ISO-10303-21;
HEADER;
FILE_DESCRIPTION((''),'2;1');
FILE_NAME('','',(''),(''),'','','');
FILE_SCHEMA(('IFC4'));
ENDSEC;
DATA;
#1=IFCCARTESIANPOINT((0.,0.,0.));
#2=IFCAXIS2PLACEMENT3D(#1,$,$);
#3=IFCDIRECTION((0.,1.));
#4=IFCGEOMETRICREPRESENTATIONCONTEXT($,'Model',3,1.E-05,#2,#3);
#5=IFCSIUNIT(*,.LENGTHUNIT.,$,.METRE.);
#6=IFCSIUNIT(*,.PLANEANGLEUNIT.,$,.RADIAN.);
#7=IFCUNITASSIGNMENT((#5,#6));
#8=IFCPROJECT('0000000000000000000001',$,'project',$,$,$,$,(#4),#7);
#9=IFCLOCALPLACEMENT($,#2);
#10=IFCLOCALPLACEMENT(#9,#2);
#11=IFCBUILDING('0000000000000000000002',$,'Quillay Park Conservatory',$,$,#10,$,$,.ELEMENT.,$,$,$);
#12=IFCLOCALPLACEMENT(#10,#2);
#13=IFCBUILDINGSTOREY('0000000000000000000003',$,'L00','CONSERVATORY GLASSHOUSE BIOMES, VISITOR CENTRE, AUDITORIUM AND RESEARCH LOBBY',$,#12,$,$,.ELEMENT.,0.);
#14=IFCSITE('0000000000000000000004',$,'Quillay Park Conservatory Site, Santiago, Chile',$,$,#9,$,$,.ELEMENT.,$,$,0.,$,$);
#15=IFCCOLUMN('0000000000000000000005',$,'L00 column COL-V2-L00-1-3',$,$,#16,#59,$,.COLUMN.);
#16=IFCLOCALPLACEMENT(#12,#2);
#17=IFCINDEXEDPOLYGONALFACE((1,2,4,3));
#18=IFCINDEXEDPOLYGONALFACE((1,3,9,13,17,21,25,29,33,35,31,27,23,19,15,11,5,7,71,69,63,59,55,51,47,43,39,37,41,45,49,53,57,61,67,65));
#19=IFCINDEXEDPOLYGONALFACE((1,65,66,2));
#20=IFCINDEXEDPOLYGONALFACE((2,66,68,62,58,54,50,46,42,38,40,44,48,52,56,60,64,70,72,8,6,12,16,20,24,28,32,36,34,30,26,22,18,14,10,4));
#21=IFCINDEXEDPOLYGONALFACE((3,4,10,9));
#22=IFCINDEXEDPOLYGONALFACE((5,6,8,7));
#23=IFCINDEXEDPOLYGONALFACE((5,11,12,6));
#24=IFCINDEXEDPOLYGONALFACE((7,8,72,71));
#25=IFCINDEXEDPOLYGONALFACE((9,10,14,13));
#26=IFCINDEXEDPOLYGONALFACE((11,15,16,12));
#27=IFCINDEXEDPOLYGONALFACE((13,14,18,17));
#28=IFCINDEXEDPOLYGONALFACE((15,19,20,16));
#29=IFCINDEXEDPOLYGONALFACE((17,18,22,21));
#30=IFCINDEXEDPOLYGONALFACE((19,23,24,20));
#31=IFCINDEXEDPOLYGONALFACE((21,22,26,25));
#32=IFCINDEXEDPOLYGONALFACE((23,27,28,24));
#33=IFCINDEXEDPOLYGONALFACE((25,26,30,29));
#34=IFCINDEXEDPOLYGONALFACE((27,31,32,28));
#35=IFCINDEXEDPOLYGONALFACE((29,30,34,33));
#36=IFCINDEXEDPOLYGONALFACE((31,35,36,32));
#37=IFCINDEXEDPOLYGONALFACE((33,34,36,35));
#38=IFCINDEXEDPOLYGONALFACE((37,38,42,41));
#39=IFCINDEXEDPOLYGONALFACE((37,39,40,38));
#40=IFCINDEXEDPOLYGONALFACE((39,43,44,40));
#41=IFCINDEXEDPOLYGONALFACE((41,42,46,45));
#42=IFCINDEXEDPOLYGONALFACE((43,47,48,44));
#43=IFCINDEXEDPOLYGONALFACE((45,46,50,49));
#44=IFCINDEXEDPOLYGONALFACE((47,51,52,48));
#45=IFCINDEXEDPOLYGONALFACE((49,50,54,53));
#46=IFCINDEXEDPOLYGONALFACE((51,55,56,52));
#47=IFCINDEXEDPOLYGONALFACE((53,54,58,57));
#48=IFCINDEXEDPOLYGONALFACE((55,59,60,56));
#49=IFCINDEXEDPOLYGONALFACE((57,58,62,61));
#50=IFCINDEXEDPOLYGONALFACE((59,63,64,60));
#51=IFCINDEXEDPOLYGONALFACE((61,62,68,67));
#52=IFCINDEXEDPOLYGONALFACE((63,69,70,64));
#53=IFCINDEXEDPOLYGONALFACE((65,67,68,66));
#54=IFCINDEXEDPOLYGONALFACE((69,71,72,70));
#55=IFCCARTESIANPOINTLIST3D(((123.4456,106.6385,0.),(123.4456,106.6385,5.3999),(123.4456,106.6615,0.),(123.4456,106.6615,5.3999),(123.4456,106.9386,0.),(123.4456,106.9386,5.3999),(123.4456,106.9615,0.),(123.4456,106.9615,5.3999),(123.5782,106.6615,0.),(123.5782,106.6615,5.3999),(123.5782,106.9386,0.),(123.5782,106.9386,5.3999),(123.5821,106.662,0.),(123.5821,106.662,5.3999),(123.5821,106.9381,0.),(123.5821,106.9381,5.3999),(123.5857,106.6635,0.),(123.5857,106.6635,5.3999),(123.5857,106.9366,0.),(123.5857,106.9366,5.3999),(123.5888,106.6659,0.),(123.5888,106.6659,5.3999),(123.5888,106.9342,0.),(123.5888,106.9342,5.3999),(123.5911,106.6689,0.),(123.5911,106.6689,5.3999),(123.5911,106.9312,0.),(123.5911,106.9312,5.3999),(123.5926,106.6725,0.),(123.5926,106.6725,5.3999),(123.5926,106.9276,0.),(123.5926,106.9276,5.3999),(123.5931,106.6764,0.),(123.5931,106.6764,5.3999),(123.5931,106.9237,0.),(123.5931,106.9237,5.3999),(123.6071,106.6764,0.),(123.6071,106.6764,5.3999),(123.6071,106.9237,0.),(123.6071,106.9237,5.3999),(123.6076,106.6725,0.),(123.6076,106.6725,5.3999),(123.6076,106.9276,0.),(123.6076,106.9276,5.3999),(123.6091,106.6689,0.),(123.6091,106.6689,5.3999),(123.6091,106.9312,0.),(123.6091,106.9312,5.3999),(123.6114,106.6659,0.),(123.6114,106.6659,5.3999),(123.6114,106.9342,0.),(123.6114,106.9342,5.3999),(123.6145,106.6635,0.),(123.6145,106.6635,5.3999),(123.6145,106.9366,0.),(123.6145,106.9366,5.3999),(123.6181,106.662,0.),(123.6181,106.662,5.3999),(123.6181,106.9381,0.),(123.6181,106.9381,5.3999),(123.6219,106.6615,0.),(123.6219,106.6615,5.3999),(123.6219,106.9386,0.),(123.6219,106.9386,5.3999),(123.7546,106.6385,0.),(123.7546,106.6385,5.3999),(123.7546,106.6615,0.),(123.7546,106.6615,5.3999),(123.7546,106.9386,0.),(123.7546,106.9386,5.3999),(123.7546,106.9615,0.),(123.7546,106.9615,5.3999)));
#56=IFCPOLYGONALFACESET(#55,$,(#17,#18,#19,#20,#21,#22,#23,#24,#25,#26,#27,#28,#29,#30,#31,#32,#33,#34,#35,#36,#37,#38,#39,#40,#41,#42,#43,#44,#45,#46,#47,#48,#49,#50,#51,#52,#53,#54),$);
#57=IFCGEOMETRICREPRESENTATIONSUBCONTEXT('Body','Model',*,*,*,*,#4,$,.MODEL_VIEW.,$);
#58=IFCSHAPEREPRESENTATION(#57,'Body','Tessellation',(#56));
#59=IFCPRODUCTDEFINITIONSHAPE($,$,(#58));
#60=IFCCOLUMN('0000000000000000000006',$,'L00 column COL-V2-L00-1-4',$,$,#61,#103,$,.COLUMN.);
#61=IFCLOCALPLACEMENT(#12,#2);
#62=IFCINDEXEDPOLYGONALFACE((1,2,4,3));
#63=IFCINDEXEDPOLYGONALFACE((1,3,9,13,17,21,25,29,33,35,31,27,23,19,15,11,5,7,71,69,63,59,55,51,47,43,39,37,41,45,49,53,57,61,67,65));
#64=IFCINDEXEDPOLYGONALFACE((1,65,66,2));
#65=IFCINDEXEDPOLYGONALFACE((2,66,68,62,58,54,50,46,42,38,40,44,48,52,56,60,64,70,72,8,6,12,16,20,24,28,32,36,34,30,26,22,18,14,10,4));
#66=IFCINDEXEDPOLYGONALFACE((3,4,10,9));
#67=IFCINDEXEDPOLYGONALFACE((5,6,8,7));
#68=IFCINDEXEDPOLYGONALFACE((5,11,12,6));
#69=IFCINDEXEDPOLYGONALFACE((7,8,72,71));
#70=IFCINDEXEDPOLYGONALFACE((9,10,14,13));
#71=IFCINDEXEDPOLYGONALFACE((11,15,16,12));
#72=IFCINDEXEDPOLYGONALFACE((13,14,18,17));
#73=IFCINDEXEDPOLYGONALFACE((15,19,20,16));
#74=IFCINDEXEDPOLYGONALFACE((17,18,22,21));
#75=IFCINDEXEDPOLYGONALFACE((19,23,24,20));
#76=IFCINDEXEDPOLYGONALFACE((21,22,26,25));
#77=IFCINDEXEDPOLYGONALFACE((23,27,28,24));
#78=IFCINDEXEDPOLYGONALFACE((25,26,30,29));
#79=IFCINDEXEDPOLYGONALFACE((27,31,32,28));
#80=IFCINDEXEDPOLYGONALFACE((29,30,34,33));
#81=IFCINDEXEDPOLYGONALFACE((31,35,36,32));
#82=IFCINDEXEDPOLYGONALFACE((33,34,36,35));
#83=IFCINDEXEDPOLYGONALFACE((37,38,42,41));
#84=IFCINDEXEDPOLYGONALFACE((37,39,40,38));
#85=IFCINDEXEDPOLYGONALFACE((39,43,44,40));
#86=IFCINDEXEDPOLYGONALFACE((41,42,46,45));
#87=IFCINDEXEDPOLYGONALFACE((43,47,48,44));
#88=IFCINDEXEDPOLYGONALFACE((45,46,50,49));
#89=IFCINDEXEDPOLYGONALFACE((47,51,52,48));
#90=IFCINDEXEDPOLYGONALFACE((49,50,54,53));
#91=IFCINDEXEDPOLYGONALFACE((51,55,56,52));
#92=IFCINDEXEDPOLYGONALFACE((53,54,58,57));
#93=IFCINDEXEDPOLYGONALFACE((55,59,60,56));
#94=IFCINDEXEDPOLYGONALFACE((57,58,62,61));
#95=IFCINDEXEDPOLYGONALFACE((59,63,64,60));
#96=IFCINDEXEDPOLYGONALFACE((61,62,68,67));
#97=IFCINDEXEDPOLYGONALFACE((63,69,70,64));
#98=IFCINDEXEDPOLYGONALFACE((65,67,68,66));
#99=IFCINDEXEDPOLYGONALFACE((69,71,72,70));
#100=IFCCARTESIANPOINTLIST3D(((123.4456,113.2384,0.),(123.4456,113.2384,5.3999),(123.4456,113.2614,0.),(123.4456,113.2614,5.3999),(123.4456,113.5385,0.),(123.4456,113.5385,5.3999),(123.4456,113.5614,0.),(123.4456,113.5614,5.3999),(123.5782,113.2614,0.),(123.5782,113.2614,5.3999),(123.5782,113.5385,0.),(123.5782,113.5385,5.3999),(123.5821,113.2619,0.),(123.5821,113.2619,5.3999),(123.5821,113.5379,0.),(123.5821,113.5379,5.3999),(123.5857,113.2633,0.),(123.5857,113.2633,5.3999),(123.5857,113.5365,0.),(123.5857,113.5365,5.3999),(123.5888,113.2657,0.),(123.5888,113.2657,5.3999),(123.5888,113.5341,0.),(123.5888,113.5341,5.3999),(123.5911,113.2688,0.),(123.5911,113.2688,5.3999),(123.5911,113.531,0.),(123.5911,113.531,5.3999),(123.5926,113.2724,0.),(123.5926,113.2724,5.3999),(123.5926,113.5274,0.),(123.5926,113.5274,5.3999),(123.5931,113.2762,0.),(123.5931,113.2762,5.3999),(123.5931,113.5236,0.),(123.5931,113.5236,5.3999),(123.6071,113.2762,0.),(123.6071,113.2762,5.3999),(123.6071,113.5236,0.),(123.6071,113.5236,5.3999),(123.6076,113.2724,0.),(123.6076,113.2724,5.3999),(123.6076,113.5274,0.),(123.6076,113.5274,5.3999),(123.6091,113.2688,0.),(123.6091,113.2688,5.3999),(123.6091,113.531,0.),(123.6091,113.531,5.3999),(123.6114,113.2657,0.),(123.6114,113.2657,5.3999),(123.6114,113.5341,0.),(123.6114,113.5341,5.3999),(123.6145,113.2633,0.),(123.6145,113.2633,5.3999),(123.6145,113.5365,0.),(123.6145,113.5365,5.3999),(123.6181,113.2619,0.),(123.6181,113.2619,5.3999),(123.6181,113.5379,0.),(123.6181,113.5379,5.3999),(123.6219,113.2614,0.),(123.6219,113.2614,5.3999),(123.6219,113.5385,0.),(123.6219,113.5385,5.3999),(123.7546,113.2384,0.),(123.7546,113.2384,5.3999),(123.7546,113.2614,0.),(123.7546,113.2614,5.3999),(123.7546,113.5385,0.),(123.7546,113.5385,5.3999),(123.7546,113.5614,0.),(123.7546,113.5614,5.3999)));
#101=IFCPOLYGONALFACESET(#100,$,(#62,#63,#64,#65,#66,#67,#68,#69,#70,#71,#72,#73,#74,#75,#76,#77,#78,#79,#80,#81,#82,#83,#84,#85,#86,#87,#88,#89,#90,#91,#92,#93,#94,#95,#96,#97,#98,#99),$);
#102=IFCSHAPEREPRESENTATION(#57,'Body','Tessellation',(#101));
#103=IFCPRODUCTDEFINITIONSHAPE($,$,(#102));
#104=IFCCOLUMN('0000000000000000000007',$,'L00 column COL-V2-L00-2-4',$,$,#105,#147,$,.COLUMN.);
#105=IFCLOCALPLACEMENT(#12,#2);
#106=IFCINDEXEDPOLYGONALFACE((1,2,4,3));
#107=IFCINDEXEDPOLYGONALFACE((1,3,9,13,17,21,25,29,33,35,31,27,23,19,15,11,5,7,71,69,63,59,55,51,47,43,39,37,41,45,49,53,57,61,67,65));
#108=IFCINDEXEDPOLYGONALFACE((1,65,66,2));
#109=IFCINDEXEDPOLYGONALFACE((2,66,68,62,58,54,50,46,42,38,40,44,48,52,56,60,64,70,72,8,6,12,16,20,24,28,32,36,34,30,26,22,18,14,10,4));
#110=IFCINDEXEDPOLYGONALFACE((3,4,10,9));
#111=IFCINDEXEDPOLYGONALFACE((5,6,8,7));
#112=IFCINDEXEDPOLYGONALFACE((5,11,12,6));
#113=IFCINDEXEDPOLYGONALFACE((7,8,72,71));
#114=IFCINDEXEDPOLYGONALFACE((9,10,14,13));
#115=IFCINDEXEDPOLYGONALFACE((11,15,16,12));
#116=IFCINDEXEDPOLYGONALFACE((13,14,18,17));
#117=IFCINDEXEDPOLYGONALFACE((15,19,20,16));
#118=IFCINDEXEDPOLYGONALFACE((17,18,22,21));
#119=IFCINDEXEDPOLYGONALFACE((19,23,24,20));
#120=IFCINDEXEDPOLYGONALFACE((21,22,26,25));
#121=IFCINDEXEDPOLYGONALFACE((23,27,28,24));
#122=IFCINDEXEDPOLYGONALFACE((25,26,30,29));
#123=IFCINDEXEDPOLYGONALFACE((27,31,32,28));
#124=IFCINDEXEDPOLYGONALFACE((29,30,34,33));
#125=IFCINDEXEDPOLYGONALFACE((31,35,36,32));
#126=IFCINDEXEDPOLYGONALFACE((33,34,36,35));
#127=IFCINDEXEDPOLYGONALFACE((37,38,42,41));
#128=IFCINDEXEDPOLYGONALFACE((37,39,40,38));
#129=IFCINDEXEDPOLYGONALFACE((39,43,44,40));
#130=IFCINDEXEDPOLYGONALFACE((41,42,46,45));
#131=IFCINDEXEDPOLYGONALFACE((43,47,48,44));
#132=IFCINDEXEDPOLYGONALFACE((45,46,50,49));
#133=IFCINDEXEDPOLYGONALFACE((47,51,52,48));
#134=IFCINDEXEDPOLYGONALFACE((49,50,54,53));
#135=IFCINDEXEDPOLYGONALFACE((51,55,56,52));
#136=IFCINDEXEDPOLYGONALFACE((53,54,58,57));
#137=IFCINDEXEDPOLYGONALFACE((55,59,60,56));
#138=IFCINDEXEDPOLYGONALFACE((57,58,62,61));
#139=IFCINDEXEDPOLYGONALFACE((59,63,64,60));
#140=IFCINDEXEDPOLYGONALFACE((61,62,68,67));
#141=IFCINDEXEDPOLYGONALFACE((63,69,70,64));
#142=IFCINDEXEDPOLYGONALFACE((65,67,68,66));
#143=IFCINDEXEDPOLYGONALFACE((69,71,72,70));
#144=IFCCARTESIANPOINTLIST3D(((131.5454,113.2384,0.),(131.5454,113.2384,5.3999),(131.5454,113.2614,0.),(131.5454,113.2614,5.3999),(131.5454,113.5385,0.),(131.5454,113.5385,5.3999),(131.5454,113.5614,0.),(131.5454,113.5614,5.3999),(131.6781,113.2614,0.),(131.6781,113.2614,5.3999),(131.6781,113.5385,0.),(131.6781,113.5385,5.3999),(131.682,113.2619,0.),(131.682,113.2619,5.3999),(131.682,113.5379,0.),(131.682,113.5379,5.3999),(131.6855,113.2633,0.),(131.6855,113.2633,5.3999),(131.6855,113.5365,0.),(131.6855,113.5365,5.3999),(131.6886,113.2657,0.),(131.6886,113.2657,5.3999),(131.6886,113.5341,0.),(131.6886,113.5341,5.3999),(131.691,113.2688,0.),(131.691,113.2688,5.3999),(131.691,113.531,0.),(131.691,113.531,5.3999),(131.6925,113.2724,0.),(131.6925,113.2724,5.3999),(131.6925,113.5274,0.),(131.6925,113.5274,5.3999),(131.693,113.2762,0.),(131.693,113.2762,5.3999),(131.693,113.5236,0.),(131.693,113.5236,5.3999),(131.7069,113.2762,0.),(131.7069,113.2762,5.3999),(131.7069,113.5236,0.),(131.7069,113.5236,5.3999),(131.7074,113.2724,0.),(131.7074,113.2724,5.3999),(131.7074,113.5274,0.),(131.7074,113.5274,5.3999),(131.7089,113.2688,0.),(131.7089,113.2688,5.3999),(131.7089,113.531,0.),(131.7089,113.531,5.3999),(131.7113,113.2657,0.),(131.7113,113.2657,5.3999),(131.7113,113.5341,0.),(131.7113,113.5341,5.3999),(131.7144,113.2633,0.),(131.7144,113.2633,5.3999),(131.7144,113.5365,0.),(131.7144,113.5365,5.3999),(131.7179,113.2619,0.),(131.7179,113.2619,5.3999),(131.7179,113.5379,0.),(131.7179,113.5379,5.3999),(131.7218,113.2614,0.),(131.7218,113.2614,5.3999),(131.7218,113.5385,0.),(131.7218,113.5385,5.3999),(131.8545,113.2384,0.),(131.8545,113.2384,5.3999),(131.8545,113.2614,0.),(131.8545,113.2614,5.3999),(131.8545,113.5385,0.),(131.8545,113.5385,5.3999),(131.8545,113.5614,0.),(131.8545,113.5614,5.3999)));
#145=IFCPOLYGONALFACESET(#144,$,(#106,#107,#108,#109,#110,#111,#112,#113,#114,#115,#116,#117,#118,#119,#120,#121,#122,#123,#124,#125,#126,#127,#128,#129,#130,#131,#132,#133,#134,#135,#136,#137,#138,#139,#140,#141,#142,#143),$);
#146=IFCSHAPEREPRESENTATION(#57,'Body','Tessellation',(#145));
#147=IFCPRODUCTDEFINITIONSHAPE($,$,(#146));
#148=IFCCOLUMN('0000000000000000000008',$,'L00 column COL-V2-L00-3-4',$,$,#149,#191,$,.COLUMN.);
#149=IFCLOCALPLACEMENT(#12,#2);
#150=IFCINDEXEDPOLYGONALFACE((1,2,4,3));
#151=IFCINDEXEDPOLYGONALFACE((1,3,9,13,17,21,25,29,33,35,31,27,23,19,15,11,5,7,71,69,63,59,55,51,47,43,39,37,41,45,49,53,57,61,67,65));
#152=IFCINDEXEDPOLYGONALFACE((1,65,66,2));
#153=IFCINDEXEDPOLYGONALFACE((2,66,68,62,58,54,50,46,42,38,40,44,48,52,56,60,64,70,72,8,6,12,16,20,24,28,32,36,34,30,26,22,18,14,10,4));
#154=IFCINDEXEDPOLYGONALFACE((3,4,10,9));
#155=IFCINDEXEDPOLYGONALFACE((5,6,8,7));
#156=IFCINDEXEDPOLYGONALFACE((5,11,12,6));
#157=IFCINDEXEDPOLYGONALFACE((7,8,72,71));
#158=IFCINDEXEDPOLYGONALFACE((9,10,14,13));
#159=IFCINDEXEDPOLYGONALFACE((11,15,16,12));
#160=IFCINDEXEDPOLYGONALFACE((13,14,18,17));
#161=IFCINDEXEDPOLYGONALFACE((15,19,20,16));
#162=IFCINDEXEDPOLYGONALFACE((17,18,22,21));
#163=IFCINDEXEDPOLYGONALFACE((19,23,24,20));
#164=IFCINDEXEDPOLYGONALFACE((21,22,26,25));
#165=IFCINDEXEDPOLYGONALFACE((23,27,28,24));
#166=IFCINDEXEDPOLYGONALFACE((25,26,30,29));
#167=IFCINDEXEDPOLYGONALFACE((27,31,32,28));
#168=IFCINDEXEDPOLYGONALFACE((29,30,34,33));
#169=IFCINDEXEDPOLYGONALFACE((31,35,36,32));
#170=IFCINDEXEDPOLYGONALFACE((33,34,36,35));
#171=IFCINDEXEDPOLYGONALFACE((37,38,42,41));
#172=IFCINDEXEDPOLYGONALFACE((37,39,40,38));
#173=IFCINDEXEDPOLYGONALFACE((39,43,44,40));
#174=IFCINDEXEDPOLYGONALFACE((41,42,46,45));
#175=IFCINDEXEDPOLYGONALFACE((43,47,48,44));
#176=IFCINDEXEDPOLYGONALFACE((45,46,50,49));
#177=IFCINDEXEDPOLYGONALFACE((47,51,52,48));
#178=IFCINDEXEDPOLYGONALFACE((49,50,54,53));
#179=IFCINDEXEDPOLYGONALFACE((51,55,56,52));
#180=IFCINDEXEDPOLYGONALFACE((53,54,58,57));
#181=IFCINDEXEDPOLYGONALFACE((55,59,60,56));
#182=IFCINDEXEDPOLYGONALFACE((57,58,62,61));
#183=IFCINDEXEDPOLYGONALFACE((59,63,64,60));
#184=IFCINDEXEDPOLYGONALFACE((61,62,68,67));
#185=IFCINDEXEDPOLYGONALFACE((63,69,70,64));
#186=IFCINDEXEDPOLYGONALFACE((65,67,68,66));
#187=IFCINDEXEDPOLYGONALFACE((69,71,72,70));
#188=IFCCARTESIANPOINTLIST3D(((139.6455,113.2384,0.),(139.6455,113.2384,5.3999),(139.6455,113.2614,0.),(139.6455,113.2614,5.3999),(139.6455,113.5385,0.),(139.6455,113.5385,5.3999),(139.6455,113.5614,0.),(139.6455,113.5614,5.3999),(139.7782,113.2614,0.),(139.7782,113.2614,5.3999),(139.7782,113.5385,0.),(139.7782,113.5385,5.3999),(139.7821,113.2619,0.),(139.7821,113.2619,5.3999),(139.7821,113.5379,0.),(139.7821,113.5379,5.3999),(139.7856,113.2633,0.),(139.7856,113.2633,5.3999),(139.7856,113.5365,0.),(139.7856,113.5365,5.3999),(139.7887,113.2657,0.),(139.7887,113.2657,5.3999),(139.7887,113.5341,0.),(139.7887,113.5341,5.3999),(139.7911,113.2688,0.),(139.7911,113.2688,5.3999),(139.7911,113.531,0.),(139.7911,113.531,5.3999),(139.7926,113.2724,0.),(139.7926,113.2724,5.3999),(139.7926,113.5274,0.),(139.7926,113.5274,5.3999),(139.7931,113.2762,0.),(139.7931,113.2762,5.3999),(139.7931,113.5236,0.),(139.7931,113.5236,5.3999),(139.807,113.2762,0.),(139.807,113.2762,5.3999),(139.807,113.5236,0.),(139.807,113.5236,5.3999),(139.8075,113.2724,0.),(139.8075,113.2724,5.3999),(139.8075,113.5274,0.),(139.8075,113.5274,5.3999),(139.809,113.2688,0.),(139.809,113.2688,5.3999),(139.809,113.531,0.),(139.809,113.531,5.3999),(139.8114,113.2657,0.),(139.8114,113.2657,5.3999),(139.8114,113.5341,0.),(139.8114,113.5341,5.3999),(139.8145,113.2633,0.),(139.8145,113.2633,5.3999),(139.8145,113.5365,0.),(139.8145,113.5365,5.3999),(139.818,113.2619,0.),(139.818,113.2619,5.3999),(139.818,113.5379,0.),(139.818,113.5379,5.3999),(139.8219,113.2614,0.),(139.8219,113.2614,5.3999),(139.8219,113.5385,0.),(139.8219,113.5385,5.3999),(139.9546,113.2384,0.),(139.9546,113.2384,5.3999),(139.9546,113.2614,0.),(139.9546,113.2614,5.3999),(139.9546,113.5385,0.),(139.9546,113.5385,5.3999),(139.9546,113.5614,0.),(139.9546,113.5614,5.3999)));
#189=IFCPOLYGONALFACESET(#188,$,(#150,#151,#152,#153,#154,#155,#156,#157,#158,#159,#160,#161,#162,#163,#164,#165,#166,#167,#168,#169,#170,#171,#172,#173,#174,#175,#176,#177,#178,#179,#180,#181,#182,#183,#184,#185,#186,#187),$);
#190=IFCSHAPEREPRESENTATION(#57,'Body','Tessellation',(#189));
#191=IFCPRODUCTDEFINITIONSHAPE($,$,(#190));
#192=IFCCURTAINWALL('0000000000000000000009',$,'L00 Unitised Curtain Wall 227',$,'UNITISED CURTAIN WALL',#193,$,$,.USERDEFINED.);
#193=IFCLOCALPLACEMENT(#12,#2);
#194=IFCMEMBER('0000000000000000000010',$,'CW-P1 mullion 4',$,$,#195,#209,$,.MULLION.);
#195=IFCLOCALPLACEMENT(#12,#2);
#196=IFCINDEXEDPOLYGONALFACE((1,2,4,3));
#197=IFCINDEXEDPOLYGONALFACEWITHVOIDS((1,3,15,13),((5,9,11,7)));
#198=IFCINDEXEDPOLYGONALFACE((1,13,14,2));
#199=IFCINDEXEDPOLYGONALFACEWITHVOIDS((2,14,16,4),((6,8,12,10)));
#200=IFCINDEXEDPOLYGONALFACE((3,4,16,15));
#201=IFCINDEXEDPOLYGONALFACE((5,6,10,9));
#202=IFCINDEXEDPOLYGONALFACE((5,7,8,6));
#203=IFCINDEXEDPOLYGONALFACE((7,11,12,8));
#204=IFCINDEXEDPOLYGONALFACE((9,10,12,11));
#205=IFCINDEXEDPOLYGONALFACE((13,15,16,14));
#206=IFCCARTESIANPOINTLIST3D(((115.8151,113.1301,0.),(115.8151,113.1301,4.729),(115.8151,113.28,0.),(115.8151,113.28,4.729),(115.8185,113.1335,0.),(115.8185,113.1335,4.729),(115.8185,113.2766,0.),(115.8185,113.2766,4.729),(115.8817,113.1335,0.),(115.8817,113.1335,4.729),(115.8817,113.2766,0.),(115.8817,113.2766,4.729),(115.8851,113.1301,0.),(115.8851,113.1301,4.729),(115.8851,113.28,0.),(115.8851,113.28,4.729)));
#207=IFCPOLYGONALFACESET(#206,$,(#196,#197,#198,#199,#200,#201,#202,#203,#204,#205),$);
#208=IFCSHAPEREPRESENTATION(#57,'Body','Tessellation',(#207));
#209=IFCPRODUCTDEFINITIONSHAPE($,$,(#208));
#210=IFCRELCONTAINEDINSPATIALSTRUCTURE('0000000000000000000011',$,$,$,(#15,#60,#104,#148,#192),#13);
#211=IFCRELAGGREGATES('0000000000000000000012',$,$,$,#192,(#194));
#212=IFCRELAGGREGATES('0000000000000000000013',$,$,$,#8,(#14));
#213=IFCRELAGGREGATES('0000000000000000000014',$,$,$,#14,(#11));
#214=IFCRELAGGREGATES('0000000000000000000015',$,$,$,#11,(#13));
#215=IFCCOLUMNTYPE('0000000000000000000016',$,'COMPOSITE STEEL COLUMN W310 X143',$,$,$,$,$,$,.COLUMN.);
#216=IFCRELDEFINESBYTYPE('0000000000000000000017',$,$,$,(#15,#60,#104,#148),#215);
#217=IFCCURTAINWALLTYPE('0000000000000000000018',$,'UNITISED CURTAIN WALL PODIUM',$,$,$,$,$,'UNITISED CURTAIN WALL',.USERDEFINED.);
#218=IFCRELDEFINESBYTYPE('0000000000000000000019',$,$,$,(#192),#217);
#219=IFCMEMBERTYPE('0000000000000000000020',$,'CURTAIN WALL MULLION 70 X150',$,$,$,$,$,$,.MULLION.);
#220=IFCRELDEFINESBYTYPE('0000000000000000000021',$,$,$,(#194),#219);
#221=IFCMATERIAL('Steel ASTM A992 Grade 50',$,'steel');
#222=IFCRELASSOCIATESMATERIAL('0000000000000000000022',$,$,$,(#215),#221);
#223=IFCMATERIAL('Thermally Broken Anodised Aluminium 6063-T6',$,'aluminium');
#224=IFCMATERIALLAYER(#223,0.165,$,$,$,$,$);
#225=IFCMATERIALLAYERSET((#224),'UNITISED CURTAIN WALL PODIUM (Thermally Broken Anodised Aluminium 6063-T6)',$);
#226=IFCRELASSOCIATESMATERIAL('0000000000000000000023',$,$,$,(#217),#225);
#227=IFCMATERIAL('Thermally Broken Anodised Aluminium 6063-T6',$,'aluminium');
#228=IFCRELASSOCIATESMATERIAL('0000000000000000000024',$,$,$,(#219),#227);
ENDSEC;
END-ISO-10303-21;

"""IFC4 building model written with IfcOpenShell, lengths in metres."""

from ifc_helpers import new_model, si_unit, direction, frame, origin, origin_2d, place, context, subcontext, project, spatial, hollow_rectangle, i_section, extrude, material, layer, layer_set, material_profile, profile_set, type_object, element, aggregate, save


model = new_model("IFC4")

# Units and contexts
model_context = context("Model", 3, precision=1e-05, world=origin(), true_north=direction((0.0, 1.0)))
body_context = subcontext(model_context, "Body", "Model", "MODEL_VIEW")
ifc_project = project(units=[si_unit("LENGTHUNIT", "METRE"), si_unit("PLANEANGLEUNIT", "RADIAN")], contexts=[model_context])

# Site, building, storey
site_placement = place(None, origin())
site = spatial("IfcSite", under=ifc_project, at=site_placement, Name="Quillay Park Conservatory Site, Santiago, Chile", CompositionType="ELEMENT", RefElevation=0.0)
building_placement = place(site_placement, origin())
building = spatial("IfcBuilding", under=site, at=building_placement, Name="Quillay Park Conservatory", CompositionType="ELEMENT")
storey_placement = place(building_placement, origin())
storey = spatial("IfcBuildingStorey", under=building, at=storey_placement, Name="L00", Description="CONSERVATORY GLASSHOUSE BIOMES, VISITOR CENTRE, AUDITORIUM AND RESEARCH LOBBY", CompositionType="ELEMENT", Elevation=0.0)

# Columns
ifc_material_1 = material(Name="Steel ASTM A992 Grade 50", Category="steel")
ifc_material_profile_1 = material_profile(ifc_material_1, i_section(OverallWidth=0.3091, OverallDepth=0.323, WebThickness=0.0139, FlangeThickness=0.0229, FilletRadius=0.0149, at=origin_2d()), Name="W310x143")
ifc_profile_set_1 = profile_set([ifc_material_profile_1], Name="Steel ASTM A992 Grade 50")
column_type = type_object("IfcColumnType", Name="COMPOSITE STEEL COLUMN W310 X143", PredefinedType="COLUMN", material=ifc_profile_set_1)
for number, where, z_axis, x_axis, name in (
    (1, (123.6001, 106.8, 0.0), (0.0, 0.0, 1.0), (1.0, 0.0, 0.0), "L00 column COL-V2-L00-1-3"),
    (2, (123.6001, 113.3999, 0.0), (0.0, 0.0, 1.0), (1.0, 0.0, 0.0), "L00 column COL-V2-L00-1-4"),
    (3, (131.7, 113.3999, 0.0), (0.0, 0.0, 1.0), (1.0, 0.0, 0.0), "L00 column COL-V2-L00-2-4"),
    (4, (139.8, 113.3999, 0.0), (0.0, 0.0, 1.0), (1.0, 0.0, 0.0), "L00 column COL-V2-L00-3-4"),
):
    element("IfcColumn", number, at=place(storey_placement, frame(where, z_axis=z_axis, x_axis=x_axis)), inside=storey, type_object=column_type, Name=name, PredefinedType="COLUMN", context=body_context, shape_type="SweptSolid", body=[
        extrude(i_section(OverallWidth=0.3091, OverallDepth=0.323, WebThickness=0.0139, FlangeThickness=0.0229, FilletRadius=0.0149, at=origin_2d()), origin(), (0.0, 0.0, 1.0), 5.3999),
    ])

# Curtain wall, member
ifc_material_2 = material(Name="Thermally Broken Anodised Aluminium 6063-T6", Category="aluminium")
ifc_layer_1 = layer(ifc_material_2, 0.165)
ifc_layer_set_1 = layer_set([ifc_layer_1], Name="UNITISED CURTAIN WALL PODIUM (Thermally Broken Anodised Aluminium 6063-T6)")
curtain_wall_type = type_object("IfcCurtainWallType", Name="UNITISED CURTAIN WALL PODIUM", ElementType="UNITISED CURTAIN WALL", PredefinedType="USERDEFINED", material=ifc_layer_set_1)
curtain_wall_placement = place(storey_placement, origin())
curtain_wall = element("IfcCurtainWall", 5, at=curtain_wall_placement, inside=storey, type_object=curtain_wall_type, Name="L00 Unitised Curtain Wall 227", ObjectType="UNITISED CURTAIN WALL", PredefinedType="USERDEFINED")
ifc_material_3 = material(Name="Thermally Broken Anodised Aluminium 6063-T6", Category="aluminium")
ifc_material_profile_2 = material_profile(ifc_material_3, hollow_rectangle(XDim=0.0701, YDim=0.1499, WallThickness=0.0034, at=origin_2d()), Name="AL70x150x3.5")
ifc_profile_set_2 = profile_set([ifc_material_profile_2], Name="Thermally Broken Anodised Aluminium 6063-T6")
member_type = type_object("IfcMemberType", Name="CURTAIN WALL MULLION 70 X150", PredefinedType="MULLION", material=ifc_profile_set_2)
member_placement = place(storey_placement, frame((115.8501, 113.2051, 0.0), z_axis=(0.0, 0.0, 1.0), x_axis=(-1.0, 0.0, 0.0)))
member = element("IfcMember", 6, at=member_placement, type_object=member_type, Name="CW-P1 mullion 4", PredefinedType="MULLION", context=body_context, shape_type="SweptSolid", body=[
    extrude(hollow_rectangle(XDim=0.0701, YDim=0.1499, WallThickness=0.0034, at=origin_2d()), origin(), (0.0, 0.0, 1.0), 4.729),
])

aggregate(curtain_wall, [member])

save(model, "model.ifc")
